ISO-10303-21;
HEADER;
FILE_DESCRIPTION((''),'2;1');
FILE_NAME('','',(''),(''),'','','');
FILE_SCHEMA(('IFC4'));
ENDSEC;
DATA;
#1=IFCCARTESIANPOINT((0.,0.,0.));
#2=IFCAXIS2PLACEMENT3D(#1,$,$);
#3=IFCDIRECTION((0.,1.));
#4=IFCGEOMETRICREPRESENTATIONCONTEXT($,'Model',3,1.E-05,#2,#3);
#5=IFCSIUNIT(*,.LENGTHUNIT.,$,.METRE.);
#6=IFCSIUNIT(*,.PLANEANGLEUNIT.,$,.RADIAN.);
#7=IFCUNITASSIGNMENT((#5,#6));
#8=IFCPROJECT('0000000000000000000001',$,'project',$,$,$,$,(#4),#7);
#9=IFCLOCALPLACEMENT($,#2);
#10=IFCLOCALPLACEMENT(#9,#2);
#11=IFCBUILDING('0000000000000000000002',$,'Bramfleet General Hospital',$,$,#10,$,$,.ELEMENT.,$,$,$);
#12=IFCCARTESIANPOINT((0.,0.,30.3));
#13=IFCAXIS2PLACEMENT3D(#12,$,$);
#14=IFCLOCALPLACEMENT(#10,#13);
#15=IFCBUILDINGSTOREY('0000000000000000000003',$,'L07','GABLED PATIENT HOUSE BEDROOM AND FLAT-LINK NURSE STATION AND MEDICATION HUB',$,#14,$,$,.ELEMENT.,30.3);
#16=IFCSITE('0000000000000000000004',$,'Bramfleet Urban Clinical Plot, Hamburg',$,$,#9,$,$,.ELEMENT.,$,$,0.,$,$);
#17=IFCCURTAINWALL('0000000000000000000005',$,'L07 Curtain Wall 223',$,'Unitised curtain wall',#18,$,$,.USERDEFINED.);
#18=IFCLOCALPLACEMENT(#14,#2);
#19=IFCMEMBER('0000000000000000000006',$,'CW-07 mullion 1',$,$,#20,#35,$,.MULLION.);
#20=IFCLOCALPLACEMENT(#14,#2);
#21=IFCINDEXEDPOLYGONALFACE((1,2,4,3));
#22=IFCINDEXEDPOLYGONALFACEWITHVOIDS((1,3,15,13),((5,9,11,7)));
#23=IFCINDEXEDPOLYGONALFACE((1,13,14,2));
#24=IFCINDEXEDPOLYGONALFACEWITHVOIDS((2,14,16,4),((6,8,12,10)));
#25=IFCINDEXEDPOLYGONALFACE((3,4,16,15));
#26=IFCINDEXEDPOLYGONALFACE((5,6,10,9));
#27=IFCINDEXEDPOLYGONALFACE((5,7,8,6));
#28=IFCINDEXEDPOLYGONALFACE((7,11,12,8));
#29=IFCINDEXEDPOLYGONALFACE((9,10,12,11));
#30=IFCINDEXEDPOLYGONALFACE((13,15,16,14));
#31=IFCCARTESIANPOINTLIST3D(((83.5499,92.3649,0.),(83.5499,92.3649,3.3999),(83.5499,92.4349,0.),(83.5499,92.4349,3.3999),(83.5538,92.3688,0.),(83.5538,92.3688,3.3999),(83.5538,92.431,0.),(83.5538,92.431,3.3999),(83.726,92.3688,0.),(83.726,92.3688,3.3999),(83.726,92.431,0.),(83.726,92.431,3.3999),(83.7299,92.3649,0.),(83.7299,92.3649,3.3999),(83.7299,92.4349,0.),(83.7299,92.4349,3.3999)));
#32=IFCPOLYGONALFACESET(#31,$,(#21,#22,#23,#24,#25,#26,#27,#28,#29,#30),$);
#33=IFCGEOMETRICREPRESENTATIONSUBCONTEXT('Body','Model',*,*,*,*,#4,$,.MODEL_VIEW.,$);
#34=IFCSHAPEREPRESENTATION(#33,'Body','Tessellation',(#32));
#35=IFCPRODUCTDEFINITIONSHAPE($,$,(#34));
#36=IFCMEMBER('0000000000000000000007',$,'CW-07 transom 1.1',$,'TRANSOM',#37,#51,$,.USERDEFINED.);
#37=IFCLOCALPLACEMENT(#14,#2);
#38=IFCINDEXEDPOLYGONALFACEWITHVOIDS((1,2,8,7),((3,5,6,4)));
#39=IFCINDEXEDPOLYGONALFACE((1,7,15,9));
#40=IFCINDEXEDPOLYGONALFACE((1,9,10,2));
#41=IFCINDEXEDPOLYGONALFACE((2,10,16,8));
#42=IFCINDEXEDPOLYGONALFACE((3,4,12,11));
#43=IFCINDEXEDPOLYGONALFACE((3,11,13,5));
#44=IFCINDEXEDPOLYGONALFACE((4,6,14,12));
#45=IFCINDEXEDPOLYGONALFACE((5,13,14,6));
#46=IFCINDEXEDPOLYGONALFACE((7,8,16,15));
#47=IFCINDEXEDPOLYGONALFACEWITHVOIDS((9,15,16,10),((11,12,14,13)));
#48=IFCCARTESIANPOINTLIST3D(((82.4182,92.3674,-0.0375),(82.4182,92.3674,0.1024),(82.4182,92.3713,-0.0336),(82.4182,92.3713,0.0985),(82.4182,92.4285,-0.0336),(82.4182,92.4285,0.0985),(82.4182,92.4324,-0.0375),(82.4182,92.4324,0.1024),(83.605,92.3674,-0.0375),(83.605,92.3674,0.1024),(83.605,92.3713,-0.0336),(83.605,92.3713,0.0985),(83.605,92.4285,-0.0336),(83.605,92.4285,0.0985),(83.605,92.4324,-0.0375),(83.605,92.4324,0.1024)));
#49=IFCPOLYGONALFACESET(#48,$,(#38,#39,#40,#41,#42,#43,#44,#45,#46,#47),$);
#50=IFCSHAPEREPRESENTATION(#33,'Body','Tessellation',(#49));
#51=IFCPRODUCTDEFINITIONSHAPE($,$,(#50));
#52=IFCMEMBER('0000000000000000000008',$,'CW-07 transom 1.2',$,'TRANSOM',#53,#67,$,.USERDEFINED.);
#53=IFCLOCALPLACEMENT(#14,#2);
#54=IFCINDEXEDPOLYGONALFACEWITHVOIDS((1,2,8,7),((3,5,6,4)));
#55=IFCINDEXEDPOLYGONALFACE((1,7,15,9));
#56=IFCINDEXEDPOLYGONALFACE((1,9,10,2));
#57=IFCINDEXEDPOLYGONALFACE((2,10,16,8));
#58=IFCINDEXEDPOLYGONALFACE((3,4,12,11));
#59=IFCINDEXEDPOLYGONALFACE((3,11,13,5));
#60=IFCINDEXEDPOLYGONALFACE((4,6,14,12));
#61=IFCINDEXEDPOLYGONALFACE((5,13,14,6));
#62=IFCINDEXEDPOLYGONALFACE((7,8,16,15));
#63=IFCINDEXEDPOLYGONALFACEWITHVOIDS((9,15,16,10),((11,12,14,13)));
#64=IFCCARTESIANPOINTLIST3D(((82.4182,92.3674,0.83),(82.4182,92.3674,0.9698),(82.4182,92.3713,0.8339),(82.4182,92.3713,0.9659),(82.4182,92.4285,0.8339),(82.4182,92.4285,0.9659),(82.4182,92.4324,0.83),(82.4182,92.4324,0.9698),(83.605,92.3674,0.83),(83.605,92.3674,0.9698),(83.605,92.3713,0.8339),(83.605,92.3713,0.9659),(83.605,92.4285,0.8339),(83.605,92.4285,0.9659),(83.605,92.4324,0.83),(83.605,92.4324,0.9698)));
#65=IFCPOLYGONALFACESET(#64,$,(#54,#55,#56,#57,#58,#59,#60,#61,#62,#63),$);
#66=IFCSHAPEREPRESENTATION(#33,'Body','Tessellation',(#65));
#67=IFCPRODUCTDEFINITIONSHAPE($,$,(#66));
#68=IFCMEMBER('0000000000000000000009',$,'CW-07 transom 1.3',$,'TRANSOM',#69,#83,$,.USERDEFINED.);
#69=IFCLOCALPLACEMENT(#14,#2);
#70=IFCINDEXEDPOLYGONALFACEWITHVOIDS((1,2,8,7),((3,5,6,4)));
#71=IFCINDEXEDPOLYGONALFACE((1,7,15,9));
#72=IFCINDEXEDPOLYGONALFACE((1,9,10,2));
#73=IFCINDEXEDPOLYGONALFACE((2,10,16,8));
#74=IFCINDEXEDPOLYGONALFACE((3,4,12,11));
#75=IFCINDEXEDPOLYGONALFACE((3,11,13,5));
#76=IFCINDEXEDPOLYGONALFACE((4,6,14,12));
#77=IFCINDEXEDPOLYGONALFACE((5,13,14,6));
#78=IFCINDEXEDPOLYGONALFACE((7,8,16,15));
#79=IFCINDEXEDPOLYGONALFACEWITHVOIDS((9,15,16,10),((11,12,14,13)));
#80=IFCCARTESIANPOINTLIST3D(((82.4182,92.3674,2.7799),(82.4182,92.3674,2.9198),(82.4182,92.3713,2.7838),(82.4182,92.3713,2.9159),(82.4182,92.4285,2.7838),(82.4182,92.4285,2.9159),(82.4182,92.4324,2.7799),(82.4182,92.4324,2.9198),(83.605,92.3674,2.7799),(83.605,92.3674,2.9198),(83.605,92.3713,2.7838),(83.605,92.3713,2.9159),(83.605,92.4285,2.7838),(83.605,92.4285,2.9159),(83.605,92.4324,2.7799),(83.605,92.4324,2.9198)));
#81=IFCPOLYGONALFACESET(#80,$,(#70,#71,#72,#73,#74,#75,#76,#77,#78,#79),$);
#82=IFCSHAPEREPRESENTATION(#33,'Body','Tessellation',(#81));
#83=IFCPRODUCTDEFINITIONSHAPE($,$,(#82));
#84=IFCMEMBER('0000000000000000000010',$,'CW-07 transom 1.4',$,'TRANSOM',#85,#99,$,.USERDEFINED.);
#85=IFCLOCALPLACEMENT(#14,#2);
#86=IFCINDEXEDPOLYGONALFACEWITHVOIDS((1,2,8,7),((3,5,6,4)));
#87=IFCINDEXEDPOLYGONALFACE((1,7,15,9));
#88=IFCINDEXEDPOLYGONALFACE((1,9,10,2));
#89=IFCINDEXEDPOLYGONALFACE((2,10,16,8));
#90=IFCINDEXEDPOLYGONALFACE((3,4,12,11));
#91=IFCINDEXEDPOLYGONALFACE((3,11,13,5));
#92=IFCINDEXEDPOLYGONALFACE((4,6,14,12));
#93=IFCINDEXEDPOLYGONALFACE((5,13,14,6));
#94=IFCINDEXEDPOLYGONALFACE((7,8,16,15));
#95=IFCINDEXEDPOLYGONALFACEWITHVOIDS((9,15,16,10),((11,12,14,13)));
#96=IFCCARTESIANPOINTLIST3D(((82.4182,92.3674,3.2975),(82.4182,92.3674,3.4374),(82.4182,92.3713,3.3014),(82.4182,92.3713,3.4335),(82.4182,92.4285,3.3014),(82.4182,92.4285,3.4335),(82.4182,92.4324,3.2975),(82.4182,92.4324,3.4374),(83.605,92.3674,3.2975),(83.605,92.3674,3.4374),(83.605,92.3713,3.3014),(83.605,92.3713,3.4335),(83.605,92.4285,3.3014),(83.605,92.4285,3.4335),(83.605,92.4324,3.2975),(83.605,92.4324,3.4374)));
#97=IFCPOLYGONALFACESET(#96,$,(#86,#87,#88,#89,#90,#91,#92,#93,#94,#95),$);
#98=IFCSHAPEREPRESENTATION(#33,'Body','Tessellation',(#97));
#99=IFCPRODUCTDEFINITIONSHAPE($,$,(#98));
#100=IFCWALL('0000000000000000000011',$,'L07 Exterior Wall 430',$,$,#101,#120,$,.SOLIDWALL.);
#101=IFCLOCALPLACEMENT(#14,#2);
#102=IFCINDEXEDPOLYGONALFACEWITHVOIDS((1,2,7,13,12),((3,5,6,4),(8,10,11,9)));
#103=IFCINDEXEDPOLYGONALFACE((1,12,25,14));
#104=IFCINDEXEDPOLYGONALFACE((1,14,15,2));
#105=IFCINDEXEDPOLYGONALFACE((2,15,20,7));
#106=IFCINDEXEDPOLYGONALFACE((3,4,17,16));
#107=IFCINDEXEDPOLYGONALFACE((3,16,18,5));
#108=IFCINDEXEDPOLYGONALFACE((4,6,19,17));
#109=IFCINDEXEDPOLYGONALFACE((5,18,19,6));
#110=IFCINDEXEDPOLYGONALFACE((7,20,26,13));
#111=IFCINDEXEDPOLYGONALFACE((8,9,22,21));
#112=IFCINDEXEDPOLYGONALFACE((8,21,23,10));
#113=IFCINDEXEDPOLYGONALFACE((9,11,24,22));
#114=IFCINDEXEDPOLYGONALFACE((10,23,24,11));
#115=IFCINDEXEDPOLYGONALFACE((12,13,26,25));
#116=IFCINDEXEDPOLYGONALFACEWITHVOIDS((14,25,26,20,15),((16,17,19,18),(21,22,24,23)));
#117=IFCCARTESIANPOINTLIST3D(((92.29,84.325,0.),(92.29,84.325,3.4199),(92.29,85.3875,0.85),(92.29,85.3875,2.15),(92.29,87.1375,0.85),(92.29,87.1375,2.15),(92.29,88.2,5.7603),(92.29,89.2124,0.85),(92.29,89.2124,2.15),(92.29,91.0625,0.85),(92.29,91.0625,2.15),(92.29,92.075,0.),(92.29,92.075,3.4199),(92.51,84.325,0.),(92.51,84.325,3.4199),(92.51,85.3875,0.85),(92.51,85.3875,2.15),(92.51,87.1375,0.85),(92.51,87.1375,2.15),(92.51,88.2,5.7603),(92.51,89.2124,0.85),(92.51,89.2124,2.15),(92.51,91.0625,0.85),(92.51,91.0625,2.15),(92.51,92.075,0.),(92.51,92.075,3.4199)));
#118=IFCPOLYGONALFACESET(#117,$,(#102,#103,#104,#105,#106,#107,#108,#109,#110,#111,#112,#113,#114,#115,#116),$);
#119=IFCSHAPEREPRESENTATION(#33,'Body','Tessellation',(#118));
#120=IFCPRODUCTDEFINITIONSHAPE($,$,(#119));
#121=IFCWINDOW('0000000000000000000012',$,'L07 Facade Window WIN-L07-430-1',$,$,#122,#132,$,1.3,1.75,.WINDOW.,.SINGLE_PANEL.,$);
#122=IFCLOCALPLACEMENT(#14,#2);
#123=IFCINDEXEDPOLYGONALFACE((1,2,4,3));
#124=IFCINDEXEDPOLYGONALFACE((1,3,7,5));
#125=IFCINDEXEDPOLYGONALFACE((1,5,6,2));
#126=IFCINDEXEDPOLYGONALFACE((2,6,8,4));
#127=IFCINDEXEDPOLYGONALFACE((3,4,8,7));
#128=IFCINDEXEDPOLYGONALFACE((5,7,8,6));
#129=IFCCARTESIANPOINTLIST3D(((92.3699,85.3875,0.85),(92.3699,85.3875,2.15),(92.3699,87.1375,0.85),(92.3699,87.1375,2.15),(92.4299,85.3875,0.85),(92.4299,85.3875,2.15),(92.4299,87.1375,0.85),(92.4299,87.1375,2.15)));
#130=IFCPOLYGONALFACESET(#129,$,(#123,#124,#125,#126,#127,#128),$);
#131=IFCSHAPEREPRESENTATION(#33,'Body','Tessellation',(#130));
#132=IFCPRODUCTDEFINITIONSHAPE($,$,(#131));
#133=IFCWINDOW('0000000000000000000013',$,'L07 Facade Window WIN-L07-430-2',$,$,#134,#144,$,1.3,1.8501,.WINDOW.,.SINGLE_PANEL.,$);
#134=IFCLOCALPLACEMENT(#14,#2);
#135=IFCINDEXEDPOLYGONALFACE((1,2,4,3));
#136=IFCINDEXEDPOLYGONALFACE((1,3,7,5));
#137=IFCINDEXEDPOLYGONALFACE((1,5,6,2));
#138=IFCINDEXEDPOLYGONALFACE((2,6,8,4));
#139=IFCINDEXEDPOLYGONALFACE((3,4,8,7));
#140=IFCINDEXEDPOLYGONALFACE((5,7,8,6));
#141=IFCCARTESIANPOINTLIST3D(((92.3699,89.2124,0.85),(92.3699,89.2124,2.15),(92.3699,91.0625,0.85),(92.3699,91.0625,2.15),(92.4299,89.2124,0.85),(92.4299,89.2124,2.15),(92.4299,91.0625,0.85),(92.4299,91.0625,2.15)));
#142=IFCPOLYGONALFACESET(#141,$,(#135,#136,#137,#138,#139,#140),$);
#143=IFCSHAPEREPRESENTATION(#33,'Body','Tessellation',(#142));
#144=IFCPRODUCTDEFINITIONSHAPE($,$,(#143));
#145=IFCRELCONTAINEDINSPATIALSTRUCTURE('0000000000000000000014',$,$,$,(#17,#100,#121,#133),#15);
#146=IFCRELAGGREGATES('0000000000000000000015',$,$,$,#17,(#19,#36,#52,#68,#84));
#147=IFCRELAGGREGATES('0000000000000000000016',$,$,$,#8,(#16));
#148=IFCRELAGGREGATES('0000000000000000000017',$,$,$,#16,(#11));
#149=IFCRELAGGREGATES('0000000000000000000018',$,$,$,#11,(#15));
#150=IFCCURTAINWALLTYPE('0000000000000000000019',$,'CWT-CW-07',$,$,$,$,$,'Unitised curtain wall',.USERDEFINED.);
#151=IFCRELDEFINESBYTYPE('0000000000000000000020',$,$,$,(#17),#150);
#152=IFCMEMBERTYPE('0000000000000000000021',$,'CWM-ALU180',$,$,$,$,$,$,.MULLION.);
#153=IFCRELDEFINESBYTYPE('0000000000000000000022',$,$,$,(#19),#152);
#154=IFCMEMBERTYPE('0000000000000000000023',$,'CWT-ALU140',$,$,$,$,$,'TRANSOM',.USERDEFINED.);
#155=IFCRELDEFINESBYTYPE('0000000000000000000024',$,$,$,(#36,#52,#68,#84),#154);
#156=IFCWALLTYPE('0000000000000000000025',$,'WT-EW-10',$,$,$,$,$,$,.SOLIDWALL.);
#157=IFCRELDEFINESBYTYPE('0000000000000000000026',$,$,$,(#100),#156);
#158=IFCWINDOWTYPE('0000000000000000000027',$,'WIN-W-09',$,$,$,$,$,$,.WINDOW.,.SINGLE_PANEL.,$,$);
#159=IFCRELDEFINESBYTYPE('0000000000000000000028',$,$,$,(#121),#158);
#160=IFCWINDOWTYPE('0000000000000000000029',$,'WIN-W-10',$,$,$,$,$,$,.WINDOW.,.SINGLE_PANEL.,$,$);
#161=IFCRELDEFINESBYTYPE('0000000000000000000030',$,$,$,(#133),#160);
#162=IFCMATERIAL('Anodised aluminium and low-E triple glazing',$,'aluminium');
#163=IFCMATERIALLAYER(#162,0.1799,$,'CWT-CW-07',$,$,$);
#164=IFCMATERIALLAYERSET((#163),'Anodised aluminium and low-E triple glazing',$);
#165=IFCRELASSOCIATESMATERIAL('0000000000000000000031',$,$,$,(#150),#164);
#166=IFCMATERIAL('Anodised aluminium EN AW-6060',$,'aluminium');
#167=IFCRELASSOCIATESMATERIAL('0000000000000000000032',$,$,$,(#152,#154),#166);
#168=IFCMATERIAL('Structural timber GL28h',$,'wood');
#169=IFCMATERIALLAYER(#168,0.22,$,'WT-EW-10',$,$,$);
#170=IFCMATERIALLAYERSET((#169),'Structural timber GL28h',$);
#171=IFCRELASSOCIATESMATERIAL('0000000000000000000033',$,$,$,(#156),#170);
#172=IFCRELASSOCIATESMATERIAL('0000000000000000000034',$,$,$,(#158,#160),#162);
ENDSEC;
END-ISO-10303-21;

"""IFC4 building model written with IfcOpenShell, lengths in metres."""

from ifc_helpers import new_model, si_unit, direction, frame, frame_2d, origin, origin_2d, place, context, subcontext, project, spatial, polyline, rectangle, hollow_rectangle, outline, extrude, material, layer, layer_set, material_profile, profile_set, type_object, element, fill, aggregate, save


model = new_model("IFC4")

# Units and contexts
model_context = context("Model", 3, precision=1e-05, world=origin(), true_north=direction((0.0, 1.0)))
body_context = subcontext(model_context, "Body", "Model", "MODEL_VIEW")
ifc_project = project(units=[si_unit("LENGTHUNIT", "METRE"), si_unit("PLANEANGLEUNIT", "RADIAN")], contexts=[model_context])

# Site, building, storey
site_placement = place(None, origin())
site = spatial("IfcSite", under=ifc_project, at=site_placement, Name="Bramfleet Urban Clinical Plot, Hamburg", CompositionType="ELEMENT", RefElevation=0.0)
building_placement = place(site_placement, origin())
building = spatial("IfcBuilding", under=site, at=building_placement, Name="Bramfleet General Hospital", CompositionType="ELEMENT")
storey_placement = place(building_placement, frame((0.0, 0.0, 30.3)))
storey = spatial("IfcBuildingStorey", under=building, at=storey_placement, Name="L07", Description="GABLED PATIENT HOUSE BEDROOM AND FLAT-LINK NURSE STATION AND MEDICATION HUB", CompositionType="ELEMENT", Elevation=30.3)

# Curtain wall, members
ifc_material_1 = material(Name="Anodised aluminium and low-E triple glazing", Category="aluminium")
ifc_layer_1 = layer(ifc_material_1, 0.1799, Name="CWT-CW-07")
ifc_layer_set_1 = layer_set([ifc_layer_1], Name="Anodised aluminium and low-E triple glazing")
curtain_wall_type = type_object("IfcCurtainWallType", Name="CWT-CW-07", ElementType="Unitised curtain wall", PredefinedType="USERDEFINED", material=ifc_layer_set_1)
curtain_wall_placement = place(storey_placement, origin())
curtain_wall = element("IfcCurtainWall", 1, at=curtain_wall_placement, inside=storey, type_object=curtain_wall_type, Name="L07 Curtain Wall 223", ObjectType="Unitised curtain wall", PredefinedType="USERDEFINED")
ifc_material_2 = material(Name="Anodised aluminium EN AW-6060", Category="aluminium")
ifc_material_profile_1 = material_profile(ifc_material_2, hollow_rectangle(XDim=0.0701, YDim=0.1799, WallThickness=0.0039, at=origin_2d()), Name="ALU 180x70x4.0")
ifc_profile_set_1 = profile_set([ifc_material_profile_1], Name="Anodised aluminium EN AW-6060")
member_type_1 = type_object("IfcMemberType", Name="CWM-ALU180", PredefinedType="MULLION", material=ifc_profile_set_1)
member_1_placement = place(storey_placement, frame((83.6399, 92.3999, 0.0), z_axis=(0.0, 0.0, 1.0), x_axis=(0.0, -1.0, 0.0)))
member_1 = element("IfcMember", 2, at=member_1_placement, type_object=member_type_1, Name="CW-07 mullion 1", PredefinedType="MULLION", context=body_context, shape_type="SweptSolid", body=[
    extrude(hollow_rectangle(XDim=0.0701, YDim=0.1799, WallThickness=0.0039, at=origin_2d()), origin(), (0.0, 0.0, 1.0), 3.3999),
])
ifc_material_profile_2 = material_profile(ifc_material_2, hollow_rectangle(XDim=0.0649, YDim=0.1399, WallThickness=0.0039, at=origin_2d()), Name="ALU 140x65x4.0")
ifc_profile_set_2 = profile_set([ifc_material_profile_2], Name="Anodised aluminium EN AW-6060")
member_type_2 = type_object("IfcMemberType", Name="CWT-ALU140", ElementType="TRANSOM", PredefinedType="USERDEFINED", material=ifc_profile_set_2)
member_2_placement = place(storey_placement, frame((83.605, 92.3999, 0.0325), z_axis=(-1.0, 0.0, 0.0), x_axis=(0.0, -1.0, 0.0)))
member_2 = element("IfcMember", 3, at=member_2_placement, type_object=member_type_2, Name="CW-07 transom 1.1", ObjectType="TRANSOM", PredefinedType="USERDEFINED", context=body_context, shape_type="SweptSolid", body=[
    extrude(hollow_rectangle(XDim=0.0649, YDim=0.1399, WallThickness=0.0039, at=origin_2d()), origin(), (0.0, 0.0, 1.0), 1.1868),
])
member_3_placement = place(storey_placement, frame((83.605, 92.3999, 0.8999), z_axis=(-1.0, 0.0, 0.0), x_axis=(0.0, -1.0, 0.0)))
member_3 = element("IfcMember", 4, at=member_3_placement, type_object=member_type_2, Name="CW-07 transom 1.2", ObjectType="TRANSOM", PredefinedType="USERDEFINED", context=body_context, shape_type="SweptSolid", body=[
    extrude(hollow_rectangle(XDim=0.0649, YDim=0.1399, WallThickness=0.0039, at=origin_2d()), origin(), (0.0, 0.0, 1.0), 1.1868),
])
member_4_placement = place(storey_placement, frame((83.605, 92.3999, 2.8499), z_axis=(-1.0, 0.0, 0.0), x_axis=(0.0, -1.0, 0.0)))
member_4 = element("IfcMember", 5, at=member_4_placement, type_object=member_type_2, Name="CW-07 transom 1.3", ObjectType="TRANSOM", PredefinedType="USERDEFINED", context=body_context, shape_type="SweptSolid", body=[
    extrude(hollow_rectangle(XDim=0.0649, YDim=0.1399, WallThickness=0.0039, at=origin_2d()), origin(), (0.0, 0.0, 1.0), 1.1868),
])
member_5_placement = place(storey_placement, frame((83.605, 92.3999, 3.3674), z_axis=(-1.0, 0.0, 0.0), x_axis=(0.0, -1.0, 0.0)))
member_5 = element("IfcMember", 6, at=member_5_placement, type_object=member_type_2, Name="CW-07 transom 1.4", ObjectType="TRANSOM", PredefinedType="USERDEFINED", context=body_context, shape_type="SweptSolid", body=[
    extrude(hollow_rectangle(XDim=0.0649, YDim=0.1399, WallThickness=0.0039, at=origin_2d()), origin(), (0.0, 0.0, 1.0), 1.1868),
])
aggregate(curtain_wall, [member_1, member_2, member_3, member_4, member_5])

# Wall, openings, windows
ifc_material_3 = material(Name="Structural timber GL28h", Category="wood")
ifc_layer_2 = layer(ifc_material_3, 0.22, Name="WT-EW-10")
ifc_layer_set_2 = layer_set([ifc_layer_2], Name="Structural timber GL28h")
wall_type_1 = type_object("IfcWallType", Name="WT-EW-10", PredefinedType="SOLIDWALL", material=ifc_layer_set_2)
wall_1_placement = place(storey_placement, frame((92.3999, 84.325, 0.0), z_axis=(0.0, 0.0, 1.0), x_axis=(0.0, 1.0, 0.0)))
wall_1 = element("IfcWall", 7, at=wall_1_placement, inside=storey, type_object=wall_type_1, Name="L07 Exterior Wall 430", PredefinedType="SOLIDWALL", context=body_context, shape_type="SweptSolid", body=[
    extrude(outline(polyline([(0.0, 0.0), (7.75, 0.0), (7.75, 3.4199), (3.875, 5.7603), (0.0, 3.4199), (0.0, 0.0)])), frame((0.0, 0.1099, 0.0), z_axis=(0.0, -1.0, 0.0), x_axis=(1.0, 0.0, 0.0)), (0.0, 0.0, 1.0), 0.22),
])
opening_1_placement = place(wall_1_placement, frame((1.0625, 0.0, 0.8501)))
opening_1 = element("IfcOpeningElement", 8, at=opening_1_placement, cuts=wall_1, PredefinedType="OPENING", context=body_context, shape_type="SweptSolid", body=[
    extrude(rectangle(XDim=1.75, YDim=1.3, at=frame_2d((0.875, 0.6499))), frame((0.0, 0.1199, 0.0), z_axis=(0.0, -1.0, 0.0), x_axis=(1.0, 0.0, 0.0)), (0.0, 0.0, 1.0), 0.24),
])
opening_2_placement = place(wall_1_placement, frame((4.8875, 0.0, 0.8501)))
opening_2 = element("IfcOpeningElement", 9, at=opening_2_placement, cuts=wall_1, PredefinedType="OPENING", context=body_context, shape_type="SweptSolid", body=[
    extrude(rectangle(XDim=1.8501, YDim=1.3, at=frame_2d((0.925, 0.6499))), frame((0.0, 0.1199, 0.0), z_axis=(0.0, -1.0, 0.0), x_axis=(1.0, 0.0, 0.0)), (0.0, 0.0, 1.0), 0.24),
])
window_type_1 = type_object("IfcWindowType", Name="WIN-W-09", PartitioningType="SINGLE_PANEL", PredefinedType="WINDOW", material=ifc_material_1)
window_1_placement = place(opening_1_placement, origin())
window_1 = element("IfcWindow", 10, at=window_1_placement, inside=storey, type_object=window_type_1, Name="L07 Facade Window WIN-L07-430-1", OverallHeight=1.3, OverallWidth=1.75, PartitioningType="SINGLE_PANEL", PredefinedType="WINDOW", context=body_context, shape_type="SweptSolid", body=[
    extrude(rectangle(XDim=1.75, YDim=1.3, at=frame_2d((0.875, 0.6499))), frame((0.0, 0.03, 0.0), z_axis=(0.0, -1.0, 0.0), x_axis=(1.0, 0.0, 0.0)), (0.0, 0.0, 1.0), 0.0601),
])
fill(opening_1, window_1)
window_type_2 = type_object("IfcWindowType", Name="WIN-W-10", PartitioningType="SINGLE_PANEL", PredefinedType="WINDOW", material=ifc_material_1)
window_2_placement = place(opening_2_placement, origin())
window_2 = element("IfcWindow", 11, at=window_2_placement, inside=storey, type_object=window_type_2, Name="L07 Facade Window WIN-L07-430-2", OverallHeight=1.3, OverallWidth=1.8501, PartitioningType="SINGLE_PANEL", PredefinedType="WINDOW", context=body_context, shape_type="SweptSolid", body=[
    extrude(rectangle(XDim=1.8501, YDim=1.3, at=frame_2d((0.925, 0.6499))), frame((0.0, 0.03, 0.0), z_axis=(0.0, -1.0, 0.0), x_axis=(1.0, 0.0, 0.0)), (0.0, 0.0, 1.0), 0.0601),
])
fill(opening_2, window_2)

save(model, "model.ifc")
